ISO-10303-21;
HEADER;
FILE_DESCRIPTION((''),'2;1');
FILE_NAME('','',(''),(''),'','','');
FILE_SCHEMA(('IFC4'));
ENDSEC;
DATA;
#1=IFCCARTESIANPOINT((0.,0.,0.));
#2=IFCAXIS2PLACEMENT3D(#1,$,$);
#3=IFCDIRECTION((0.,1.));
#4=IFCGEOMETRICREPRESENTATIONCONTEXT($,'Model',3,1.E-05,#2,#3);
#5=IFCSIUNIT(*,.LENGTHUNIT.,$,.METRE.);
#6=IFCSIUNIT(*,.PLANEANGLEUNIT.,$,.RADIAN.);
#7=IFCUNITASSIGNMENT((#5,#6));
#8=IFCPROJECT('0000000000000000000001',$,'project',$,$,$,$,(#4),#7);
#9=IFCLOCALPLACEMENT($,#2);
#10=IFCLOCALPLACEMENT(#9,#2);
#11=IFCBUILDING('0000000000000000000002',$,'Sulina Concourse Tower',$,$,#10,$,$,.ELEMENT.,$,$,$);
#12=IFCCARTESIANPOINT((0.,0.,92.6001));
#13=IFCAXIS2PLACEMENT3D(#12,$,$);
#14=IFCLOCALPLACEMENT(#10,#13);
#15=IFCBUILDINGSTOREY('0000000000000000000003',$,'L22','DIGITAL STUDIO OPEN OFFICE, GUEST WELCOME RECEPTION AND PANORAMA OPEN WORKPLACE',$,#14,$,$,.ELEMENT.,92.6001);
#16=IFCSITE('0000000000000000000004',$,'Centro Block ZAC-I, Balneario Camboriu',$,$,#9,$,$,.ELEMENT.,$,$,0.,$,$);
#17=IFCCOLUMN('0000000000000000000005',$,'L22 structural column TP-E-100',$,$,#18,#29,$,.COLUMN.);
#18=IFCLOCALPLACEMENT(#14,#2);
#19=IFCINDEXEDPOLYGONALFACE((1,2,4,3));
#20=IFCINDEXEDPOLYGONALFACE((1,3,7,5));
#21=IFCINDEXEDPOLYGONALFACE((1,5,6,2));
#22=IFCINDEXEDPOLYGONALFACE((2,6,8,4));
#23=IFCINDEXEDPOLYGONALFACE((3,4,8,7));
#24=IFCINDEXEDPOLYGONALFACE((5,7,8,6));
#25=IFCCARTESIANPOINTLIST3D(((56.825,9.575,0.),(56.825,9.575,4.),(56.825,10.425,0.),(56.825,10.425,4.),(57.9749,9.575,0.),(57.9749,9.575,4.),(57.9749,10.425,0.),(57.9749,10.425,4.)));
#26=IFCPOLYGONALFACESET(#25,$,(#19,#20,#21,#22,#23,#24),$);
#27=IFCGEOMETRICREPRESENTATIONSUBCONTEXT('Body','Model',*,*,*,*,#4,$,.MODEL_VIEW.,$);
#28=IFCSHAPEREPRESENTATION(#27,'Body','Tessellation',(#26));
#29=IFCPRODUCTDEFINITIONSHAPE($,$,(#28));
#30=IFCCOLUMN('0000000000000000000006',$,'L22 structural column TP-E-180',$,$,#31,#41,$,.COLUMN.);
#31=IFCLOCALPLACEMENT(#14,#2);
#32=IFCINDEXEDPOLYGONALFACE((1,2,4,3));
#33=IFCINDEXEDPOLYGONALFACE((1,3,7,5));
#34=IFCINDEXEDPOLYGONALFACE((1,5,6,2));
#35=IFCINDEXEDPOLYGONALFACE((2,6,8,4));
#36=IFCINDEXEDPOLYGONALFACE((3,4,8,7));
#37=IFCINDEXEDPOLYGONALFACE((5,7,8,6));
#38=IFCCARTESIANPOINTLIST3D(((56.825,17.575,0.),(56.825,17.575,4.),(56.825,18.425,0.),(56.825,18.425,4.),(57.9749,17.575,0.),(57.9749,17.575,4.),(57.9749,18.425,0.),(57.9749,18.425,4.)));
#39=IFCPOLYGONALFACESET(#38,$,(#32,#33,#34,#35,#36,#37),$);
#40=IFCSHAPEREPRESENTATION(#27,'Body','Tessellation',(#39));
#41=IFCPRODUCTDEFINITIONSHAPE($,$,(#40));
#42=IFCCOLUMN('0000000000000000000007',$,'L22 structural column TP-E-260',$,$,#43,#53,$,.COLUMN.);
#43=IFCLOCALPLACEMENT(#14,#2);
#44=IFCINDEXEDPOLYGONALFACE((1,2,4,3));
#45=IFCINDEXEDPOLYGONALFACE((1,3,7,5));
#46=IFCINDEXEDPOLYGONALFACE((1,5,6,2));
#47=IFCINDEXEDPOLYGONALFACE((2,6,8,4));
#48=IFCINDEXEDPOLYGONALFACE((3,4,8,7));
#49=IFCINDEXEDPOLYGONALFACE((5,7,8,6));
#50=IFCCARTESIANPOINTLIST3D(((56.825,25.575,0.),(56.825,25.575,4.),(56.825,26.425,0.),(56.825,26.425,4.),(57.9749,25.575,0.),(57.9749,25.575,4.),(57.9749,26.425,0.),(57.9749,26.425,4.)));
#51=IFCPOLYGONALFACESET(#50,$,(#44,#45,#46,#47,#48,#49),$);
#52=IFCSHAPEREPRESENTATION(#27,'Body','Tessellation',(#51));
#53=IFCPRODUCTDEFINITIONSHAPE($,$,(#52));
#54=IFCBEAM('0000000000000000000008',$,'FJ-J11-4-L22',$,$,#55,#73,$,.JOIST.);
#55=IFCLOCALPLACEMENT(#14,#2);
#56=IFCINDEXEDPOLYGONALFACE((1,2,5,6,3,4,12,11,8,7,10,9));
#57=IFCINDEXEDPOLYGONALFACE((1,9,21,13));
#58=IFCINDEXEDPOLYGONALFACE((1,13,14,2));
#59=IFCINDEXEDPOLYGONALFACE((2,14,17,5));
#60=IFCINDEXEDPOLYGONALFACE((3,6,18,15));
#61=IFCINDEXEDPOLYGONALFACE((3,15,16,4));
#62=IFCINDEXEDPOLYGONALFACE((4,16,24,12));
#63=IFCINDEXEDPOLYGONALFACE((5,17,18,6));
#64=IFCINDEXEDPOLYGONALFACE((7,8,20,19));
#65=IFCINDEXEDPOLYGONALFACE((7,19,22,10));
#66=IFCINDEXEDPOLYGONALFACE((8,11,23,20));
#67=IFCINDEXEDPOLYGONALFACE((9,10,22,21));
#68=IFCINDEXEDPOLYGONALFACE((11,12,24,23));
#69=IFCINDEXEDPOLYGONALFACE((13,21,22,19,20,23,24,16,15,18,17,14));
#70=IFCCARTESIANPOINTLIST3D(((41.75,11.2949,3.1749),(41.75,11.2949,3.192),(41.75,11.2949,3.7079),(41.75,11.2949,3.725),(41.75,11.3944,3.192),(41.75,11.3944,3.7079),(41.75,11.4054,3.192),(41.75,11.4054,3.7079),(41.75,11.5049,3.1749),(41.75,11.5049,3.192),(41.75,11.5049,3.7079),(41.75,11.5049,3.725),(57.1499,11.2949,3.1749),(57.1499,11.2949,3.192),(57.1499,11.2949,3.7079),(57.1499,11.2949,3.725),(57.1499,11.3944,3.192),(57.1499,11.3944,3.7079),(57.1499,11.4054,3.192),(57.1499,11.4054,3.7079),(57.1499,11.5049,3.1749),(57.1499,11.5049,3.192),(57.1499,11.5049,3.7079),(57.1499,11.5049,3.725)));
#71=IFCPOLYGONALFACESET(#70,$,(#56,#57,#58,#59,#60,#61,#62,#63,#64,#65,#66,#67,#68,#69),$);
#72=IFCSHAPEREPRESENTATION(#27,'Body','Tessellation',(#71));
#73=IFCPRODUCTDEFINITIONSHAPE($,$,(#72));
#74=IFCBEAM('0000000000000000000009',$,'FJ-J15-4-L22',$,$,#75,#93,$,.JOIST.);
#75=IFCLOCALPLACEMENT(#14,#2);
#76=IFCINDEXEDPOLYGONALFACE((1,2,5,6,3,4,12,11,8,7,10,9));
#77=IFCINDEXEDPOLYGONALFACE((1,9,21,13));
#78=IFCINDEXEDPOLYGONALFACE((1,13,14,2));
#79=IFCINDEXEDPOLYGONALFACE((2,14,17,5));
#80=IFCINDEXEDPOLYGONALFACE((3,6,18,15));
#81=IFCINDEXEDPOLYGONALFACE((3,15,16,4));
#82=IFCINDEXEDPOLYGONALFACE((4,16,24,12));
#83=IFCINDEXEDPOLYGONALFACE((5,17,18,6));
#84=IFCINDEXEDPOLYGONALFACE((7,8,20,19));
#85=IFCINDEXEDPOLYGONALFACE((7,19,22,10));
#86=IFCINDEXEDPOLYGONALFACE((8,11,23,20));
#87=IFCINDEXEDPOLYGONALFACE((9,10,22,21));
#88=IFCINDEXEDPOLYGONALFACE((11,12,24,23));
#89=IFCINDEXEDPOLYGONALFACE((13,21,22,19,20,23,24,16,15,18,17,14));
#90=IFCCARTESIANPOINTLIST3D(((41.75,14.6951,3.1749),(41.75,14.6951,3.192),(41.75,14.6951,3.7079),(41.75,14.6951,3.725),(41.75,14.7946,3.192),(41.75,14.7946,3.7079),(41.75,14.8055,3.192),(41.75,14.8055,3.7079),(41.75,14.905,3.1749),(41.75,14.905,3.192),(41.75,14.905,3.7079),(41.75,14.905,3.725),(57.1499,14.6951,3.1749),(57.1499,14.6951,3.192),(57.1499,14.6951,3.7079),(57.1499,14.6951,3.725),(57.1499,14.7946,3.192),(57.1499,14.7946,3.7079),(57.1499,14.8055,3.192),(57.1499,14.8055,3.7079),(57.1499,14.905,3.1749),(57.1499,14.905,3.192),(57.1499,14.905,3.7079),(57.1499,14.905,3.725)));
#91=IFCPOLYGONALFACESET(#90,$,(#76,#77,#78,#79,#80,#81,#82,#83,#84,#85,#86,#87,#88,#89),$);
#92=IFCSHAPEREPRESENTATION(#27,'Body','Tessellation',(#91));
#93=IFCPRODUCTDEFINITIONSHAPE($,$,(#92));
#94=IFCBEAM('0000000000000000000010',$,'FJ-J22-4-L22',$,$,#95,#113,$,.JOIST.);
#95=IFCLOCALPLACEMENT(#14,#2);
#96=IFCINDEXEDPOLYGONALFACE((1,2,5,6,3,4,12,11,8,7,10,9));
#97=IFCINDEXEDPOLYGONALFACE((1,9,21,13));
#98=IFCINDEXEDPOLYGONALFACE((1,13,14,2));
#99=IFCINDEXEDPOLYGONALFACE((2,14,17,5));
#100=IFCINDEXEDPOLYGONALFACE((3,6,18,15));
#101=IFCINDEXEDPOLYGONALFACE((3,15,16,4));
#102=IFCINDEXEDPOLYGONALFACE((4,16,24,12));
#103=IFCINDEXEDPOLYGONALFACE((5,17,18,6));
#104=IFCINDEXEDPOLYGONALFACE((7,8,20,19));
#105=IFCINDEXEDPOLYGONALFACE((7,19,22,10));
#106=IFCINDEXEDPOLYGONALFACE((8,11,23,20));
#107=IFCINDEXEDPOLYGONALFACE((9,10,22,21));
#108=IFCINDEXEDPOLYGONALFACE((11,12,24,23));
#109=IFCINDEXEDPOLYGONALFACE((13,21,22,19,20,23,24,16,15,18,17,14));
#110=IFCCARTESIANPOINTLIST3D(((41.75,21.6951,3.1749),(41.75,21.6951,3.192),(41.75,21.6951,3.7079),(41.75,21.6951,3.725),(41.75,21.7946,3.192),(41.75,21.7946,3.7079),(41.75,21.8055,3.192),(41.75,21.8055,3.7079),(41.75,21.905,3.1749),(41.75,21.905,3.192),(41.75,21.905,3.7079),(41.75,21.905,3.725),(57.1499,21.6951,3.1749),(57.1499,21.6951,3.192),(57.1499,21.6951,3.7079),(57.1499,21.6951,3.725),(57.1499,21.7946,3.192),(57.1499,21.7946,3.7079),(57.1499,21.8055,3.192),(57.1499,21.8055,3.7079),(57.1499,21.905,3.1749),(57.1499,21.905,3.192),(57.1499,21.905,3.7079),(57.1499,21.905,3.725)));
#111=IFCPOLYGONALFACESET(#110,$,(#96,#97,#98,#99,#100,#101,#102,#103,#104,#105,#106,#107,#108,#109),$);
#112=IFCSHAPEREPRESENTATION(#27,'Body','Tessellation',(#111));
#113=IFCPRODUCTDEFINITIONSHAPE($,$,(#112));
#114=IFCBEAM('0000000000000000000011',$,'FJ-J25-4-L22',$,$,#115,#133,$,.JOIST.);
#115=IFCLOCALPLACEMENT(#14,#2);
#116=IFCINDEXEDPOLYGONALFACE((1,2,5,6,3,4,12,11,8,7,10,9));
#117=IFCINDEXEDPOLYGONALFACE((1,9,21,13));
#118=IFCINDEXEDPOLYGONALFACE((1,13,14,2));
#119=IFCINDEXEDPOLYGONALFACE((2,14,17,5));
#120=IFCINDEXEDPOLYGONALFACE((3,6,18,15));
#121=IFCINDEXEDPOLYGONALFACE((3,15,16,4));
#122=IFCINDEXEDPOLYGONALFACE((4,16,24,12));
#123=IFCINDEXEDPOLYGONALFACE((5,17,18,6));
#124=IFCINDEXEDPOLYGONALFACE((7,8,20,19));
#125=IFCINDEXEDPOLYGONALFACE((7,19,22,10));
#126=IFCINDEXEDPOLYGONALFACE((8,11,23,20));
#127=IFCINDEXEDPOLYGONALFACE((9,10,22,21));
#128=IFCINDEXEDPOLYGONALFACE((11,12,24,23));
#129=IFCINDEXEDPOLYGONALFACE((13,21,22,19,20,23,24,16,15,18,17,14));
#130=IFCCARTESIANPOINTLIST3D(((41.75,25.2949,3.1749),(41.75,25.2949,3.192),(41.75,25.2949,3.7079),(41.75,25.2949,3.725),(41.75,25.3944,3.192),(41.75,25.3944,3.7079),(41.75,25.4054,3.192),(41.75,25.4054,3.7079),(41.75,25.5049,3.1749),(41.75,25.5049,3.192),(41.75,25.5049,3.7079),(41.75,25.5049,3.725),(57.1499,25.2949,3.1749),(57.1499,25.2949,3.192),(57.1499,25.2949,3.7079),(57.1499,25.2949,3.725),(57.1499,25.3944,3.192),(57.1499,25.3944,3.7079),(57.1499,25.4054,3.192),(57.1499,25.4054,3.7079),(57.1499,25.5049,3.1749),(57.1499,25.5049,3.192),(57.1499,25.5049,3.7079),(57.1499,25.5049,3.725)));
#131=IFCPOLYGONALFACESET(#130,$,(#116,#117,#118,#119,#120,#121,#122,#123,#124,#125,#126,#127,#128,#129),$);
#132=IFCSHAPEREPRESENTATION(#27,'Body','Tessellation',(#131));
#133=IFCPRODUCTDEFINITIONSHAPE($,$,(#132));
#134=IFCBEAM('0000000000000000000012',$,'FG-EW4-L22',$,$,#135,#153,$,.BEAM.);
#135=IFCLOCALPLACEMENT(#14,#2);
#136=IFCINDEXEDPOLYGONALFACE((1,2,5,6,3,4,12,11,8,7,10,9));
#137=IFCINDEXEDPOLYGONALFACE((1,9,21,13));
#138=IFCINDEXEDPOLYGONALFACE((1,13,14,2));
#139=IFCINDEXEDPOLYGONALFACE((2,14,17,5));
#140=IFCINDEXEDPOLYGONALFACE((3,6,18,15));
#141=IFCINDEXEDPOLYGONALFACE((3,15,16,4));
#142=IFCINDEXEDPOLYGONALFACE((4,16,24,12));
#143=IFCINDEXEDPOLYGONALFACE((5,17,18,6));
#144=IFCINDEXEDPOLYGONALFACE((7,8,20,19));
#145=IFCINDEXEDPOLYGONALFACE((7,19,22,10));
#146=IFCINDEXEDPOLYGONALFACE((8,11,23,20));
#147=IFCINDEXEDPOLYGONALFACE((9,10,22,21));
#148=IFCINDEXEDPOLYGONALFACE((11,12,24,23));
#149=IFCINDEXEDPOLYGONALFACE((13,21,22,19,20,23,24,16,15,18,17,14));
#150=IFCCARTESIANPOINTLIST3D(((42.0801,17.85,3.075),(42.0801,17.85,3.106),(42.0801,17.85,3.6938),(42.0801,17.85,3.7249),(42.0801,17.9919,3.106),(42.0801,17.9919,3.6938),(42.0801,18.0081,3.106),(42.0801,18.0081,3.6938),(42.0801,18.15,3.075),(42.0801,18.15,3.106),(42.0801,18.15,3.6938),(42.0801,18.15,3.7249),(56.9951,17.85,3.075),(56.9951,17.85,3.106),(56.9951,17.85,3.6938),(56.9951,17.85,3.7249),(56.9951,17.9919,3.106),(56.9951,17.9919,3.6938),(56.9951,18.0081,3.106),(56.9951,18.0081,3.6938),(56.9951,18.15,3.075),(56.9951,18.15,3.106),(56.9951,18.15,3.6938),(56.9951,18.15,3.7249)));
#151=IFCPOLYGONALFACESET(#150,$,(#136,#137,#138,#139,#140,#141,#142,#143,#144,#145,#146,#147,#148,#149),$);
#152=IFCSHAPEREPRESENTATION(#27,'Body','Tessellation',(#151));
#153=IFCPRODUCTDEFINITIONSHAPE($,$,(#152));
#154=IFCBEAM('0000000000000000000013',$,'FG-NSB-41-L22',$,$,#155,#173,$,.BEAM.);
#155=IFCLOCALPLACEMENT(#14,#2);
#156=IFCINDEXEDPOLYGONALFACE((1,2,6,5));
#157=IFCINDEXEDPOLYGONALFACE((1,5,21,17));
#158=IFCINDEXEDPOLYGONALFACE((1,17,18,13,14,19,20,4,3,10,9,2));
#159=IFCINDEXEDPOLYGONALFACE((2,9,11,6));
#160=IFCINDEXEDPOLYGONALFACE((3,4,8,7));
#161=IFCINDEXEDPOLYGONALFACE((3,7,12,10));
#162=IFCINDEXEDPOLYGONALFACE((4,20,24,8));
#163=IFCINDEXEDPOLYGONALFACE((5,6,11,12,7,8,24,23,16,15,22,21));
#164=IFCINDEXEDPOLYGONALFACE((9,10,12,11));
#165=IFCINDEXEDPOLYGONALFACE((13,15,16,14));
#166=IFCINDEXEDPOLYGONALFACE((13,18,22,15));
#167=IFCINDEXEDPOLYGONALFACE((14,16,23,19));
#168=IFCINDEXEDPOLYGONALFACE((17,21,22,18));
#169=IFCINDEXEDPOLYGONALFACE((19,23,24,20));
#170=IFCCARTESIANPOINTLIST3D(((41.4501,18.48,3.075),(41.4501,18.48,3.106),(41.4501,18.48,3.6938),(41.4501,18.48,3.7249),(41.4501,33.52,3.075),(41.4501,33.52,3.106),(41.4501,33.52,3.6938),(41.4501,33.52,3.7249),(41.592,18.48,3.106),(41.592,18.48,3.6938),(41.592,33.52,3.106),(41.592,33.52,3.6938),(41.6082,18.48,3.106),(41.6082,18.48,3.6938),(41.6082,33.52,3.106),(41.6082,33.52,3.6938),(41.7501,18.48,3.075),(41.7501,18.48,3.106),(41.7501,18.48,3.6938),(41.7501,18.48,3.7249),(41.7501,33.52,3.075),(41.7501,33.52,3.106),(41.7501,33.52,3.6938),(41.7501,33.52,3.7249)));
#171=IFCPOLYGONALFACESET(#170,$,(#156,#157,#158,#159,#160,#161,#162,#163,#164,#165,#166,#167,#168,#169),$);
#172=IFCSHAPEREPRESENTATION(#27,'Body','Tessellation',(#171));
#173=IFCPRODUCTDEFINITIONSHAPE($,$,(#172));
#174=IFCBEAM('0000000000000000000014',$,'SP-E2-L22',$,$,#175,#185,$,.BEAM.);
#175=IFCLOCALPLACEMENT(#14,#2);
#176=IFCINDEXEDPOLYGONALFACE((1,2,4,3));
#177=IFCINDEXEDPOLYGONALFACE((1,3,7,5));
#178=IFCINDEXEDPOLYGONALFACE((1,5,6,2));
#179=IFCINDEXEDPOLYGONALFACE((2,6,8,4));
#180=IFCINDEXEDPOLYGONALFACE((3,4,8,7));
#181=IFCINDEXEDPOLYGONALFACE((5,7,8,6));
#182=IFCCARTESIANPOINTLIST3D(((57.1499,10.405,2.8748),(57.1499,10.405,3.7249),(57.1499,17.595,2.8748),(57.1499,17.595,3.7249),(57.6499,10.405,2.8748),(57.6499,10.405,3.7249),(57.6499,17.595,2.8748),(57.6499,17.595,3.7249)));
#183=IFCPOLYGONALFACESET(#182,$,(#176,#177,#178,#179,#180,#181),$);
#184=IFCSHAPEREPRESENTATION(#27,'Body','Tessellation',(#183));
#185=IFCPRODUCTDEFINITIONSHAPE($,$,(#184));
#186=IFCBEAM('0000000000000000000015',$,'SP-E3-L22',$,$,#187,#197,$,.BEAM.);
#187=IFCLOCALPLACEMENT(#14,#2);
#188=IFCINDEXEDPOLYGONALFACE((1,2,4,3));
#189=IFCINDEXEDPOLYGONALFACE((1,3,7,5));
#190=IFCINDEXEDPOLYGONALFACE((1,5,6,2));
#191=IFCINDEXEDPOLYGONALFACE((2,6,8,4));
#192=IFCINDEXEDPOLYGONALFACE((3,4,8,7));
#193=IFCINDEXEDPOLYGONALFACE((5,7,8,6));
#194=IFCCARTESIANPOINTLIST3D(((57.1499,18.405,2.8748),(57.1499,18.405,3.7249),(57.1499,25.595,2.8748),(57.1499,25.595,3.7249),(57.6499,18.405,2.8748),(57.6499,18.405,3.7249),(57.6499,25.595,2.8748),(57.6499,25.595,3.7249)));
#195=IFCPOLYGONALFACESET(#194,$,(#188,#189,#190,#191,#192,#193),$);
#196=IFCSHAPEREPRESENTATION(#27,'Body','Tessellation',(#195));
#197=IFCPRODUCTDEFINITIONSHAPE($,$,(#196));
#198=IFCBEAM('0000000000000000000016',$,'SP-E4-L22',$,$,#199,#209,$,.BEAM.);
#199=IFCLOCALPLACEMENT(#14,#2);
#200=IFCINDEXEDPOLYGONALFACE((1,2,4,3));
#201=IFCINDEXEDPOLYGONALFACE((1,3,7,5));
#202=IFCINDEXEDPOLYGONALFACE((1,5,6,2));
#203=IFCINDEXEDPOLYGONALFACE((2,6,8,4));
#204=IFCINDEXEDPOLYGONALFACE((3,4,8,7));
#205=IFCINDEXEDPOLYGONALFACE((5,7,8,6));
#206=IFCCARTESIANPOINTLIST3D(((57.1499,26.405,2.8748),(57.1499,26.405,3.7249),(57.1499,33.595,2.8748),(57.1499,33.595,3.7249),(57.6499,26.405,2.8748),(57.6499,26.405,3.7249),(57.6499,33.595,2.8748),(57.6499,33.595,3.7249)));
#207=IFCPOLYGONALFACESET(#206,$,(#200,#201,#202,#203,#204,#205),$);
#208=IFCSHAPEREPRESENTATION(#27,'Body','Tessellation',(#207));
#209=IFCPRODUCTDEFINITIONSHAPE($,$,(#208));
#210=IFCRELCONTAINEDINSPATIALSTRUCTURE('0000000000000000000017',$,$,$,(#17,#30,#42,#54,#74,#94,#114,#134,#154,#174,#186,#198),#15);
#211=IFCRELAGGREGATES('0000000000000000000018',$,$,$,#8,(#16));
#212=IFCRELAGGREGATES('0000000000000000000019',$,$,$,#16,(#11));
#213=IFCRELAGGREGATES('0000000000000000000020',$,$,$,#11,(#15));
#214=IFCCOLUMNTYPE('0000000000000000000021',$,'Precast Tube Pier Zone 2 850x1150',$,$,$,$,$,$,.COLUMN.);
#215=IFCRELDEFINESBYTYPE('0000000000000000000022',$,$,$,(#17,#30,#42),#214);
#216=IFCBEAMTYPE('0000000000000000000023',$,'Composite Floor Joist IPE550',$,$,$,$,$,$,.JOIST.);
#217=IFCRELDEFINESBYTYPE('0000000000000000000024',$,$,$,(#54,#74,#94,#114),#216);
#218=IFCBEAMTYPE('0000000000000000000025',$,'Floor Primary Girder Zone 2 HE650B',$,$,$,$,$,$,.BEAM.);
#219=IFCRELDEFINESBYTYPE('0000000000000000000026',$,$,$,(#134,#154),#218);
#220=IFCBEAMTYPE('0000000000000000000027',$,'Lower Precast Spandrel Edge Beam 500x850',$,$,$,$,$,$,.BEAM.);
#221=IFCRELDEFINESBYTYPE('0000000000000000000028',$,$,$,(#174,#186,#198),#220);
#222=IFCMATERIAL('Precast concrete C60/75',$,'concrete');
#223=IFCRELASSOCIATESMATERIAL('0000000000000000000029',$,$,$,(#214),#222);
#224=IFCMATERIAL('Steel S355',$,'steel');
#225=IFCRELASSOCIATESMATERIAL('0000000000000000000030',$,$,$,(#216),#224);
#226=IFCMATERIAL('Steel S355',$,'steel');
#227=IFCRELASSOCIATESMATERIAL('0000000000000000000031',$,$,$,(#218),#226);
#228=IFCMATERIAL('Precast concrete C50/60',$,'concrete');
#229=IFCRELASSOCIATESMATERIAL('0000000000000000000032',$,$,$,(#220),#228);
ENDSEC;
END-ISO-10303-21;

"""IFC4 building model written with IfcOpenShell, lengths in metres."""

from ifc_helpers import new_model, si_unit, direction, frame, origin, origin_2d, place, context, subcontext, project, spatial, rectangle, i_section, extrude, material, material_profile, profile_set, type_object, element, save


model = new_model("IFC4")

# Units and contexts
model_context = context("Model", 3, precision=1e-05, world=origin(), true_north=direction((0.0, 1.0)))
body_context = subcontext(model_context, "Body", "Model", "MODEL_VIEW")
ifc_project = project(units=[si_unit("LENGTHUNIT", "METRE"), si_unit("PLANEANGLEUNIT", "RADIAN")], contexts=[model_context])

# Site, building, storey
site_placement = place(None, origin())
site = spatial("IfcSite", under=ifc_project, at=site_placement, Name="Centro Block ZAC-I, Balneario Camboriu", CompositionType="ELEMENT", RefElevation=0.0)
building_placement = place(site_placement, origin())
building = spatial("IfcBuilding", under=site, at=building_placement, Name="Sulina Concourse Tower", CompositionType="ELEMENT")
storey_placement = place(building_placement, frame((0.0, 0.0, 92.6001)))
storey = spatial("IfcBuildingStorey", under=building, at=storey_placement, Name="L22", Description="DIGITAL STUDIO OPEN OFFICE, GUEST WELCOME RECEPTION AND PANORAMA OPEN WORKPLACE", CompositionType="ELEMENT", Elevation=92.6001)

# Columns
ifc_material_1 = material(Name="Precast concrete C60/75", Category="concrete")
ifc_material_profile_1 = material_profile(ifc_material_1, rectangle(XDim=0.8501, YDim=1.1499, at=origin_2d()), Name="PC 850x1150")
ifc_profile_set_1 = profile_set([ifc_material_profile_1], Name="Precast concrete C60/75")
column_type = type_object("IfcColumnType", Name="Precast Tube Pier Zone 2 850x1150", PredefinedType="COLUMN", material=ifc_profile_set_1)
for number, where, z_axis, x_axis, name in (
    (1, (57.3999, 10.0, 0.0), (0.0, 0.0, 1.0), (0.0, 1.0, 0.0), "L22 structural column TP-E-100"),
    (2, (57.3999, 18.0, 0.0), (0.0, 0.0, 1.0), (0.0, 1.0, 0.0), "L22 structural column TP-E-180"),
    (3, (57.3999, 26.0, 0.0), (0.0, 0.0, 1.0), (0.0, 1.0, 0.0), "L22 structural column TP-E-260"),
):
    element("IfcColumn", number, at=place(storey_placement, frame(where, z_axis=z_axis, x_axis=x_axis)), inside=storey, type_object=column_type, Name=name, PredefinedType="COLUMN", context=body_context, shape_type="SweptSolid", body=[
        extrude(rectangle(XDim=0.8501, YDim=1.1499, at=origin_2d()), origin(), (0.0, 0.0, 1.0), 4.0),
    ])

# Beams
ifc_material_2 = material(Name="Steel S355", Category="steel")
ifc_material_profile_2 = material_profile(ifc_material_2, i_section(OverallWidth=0.21, OverallDepth=0.55, WebThickness=0.011, FlangeThickness=0.0171, at=origin_2d()), Name="IPE 550")
ifc_profile_set_2 = profile_set([ifc_material_profile_2], Name="Steel S355")
beam_type_1 = type_object("IfcBeamType", Name="Composite Floor Joist IPE550", PredefinedType="JOIST", material=ifc_profile_set_2)
for number, where, z_axis, x_axis, name in (
    (4, (41.75, 11.3999, 3.45), (1.0, 0.0, 0.0), (0.0, 1.0, 0.0), "FJ-J11-4-L22"),
    (5, (41.75, 14.8, 3.45), (1.0, 0.0, 0.0), (0.0, 1.0, 0.0), "FJ-J15-4-L22"),
    (6, (41.75, 21.8, 3.45), (1.0, 0.0, 0.0), (0.0, 1.0, 0.0), "FJ-J22-4-L22"),
    (7, (41.75, 25.3999, 3.45), (1.0, 0.0, 0.0), (0.0, 1.0, 0.0), "FJ-J25-4-L22"),
):
    element("IfcBeam", number, at=place(storey_placement, frame(where, z_axis=z_axis, x_axis=x_axis)), inside=storey, type_object=beam_type_1, Name=name, PredefinedType="JOIST", context=body_context, shape_type="SweptSolid", body=[
        extrude(i_section(OverallWidth=0.21, OverallDepth=0.55, WebThickness=0.011, FlangeThickness=0.0171, at=origin_2d()), origin(), (0.0, 0.0, 1.0), 15.3999),
    ])
ifc_material_3 = material(Name="Steel S355", Category="steel")
ifc_material_profile_3 = material_profile(ifc_material_3, i_section(OverallWidth=0.3, OverallDepth=0.6499, WebThickness=0.0161, FlangeThickness=0.031, at=origin_2d()), Name="HE 650 B")
ifc_profile_set_3 = profile_set([ifc_material_profile_3], Name="Steel S355")
beam_type_2 = type_object("IfcBeamType", Name="Floor Primary Girder Zone 2 HE650B", PredefinedType="BEAM", material=ifc_profile_set_3)
beam_1_placement = place(storey_placement, frame((42.0801, 18.0, 3.3999), z_axis=(1.0, 0.0, 0.0), x_axis=(0.0, 1.0, 0.0)))
element("IfcBeam", 8, at=beam_1_placement, inside=storey, type_object=beam_type_2, Name="FG-EW4-L22", PredefinedType="BEAM", context=body_context, shape_type="SweptSolid", body=[
    extrude(i_section(OverallWidth=0.3, OverallDepth=0.6499, WebThickness=0.0161, FlangeThickness=0.031, at=origin_2d()), origin(), (0.0, 0.0, 1.0), 14.915),
])
beam_2_placement = place(storey_placement, frame((41.6001, 18.48, 3.3999), z_axis=(0.0, 1.0, 0.0), x_axis=(-1.0, 0.0, 0.0)))
element("IfcBeam", 9, at=beam_2_placement, inside=storey, type_object=beam_type_2, Name="FG-NSB-41-L22", PredefinedType="BEAM", context=body_context, shape_type="SweptSolid", body=[
    extrude(i_section(OverallWidth=0.3, OverallDepth=0.6499, WebThickness=0.0161, FlangeThickness=0.031, at=origin_2d()), origin(), (0.0, 0.0, 1.0), 15.04),
])
ifc_material_4 = material(Name="Precast concrete C50/60", Category="concrete")
ifc_material_profile_4 = material_profile(ifc_material_4, rectangle(XDim=0.5, YDim=0.8501, at=origin_2d()), Name="RC 500x850")
ifc_profile_set_4 = profile_set([ifc_material_profile_4], Name="Precast concrete C50/60")
beam_type_3 = type_object("IfcBeamType", Name="Lower Precast Spandrel Edge Beam 500x850", PredefinedType="BEAM", material=ifc_profile_set_4)
for number, where, z_axis, x_axis, name in (
    (10, (57.3999, 10.405, 3.2998), (0.0, 1.0, 0.0), (-1.0, 0.0, 0.0), "SP-E2-L22"),
    (11, (57.3999, 18.405, 3.2998), (0.0, 1.0, 0.0), (-1.0, 0.0, 0.0), "SP-E3-L22"),
    (12, (57.3999, 26.405, 3.2998), (0.0, 1.0, 0.0), (-1.0, 0.0, 0.0), "SP-E4-L22"),
):
    element("IfcBeam", number, at=place(storey_placement, frame(where, z_axis=z_axis, x_axis=x_axis)), inside=storey, type_object=beam_type_3, Name=name, PredefinedType="BEAM", context=body_context, shape_type="SweptSolid", body=[
        extrude(rectangle(XDim=0.5, YDim=0.8501, at=origin_2d()), origin(), (0.0, 0.0, 1.0), 7.1899),
    ])

save(model, "model.ifc")
